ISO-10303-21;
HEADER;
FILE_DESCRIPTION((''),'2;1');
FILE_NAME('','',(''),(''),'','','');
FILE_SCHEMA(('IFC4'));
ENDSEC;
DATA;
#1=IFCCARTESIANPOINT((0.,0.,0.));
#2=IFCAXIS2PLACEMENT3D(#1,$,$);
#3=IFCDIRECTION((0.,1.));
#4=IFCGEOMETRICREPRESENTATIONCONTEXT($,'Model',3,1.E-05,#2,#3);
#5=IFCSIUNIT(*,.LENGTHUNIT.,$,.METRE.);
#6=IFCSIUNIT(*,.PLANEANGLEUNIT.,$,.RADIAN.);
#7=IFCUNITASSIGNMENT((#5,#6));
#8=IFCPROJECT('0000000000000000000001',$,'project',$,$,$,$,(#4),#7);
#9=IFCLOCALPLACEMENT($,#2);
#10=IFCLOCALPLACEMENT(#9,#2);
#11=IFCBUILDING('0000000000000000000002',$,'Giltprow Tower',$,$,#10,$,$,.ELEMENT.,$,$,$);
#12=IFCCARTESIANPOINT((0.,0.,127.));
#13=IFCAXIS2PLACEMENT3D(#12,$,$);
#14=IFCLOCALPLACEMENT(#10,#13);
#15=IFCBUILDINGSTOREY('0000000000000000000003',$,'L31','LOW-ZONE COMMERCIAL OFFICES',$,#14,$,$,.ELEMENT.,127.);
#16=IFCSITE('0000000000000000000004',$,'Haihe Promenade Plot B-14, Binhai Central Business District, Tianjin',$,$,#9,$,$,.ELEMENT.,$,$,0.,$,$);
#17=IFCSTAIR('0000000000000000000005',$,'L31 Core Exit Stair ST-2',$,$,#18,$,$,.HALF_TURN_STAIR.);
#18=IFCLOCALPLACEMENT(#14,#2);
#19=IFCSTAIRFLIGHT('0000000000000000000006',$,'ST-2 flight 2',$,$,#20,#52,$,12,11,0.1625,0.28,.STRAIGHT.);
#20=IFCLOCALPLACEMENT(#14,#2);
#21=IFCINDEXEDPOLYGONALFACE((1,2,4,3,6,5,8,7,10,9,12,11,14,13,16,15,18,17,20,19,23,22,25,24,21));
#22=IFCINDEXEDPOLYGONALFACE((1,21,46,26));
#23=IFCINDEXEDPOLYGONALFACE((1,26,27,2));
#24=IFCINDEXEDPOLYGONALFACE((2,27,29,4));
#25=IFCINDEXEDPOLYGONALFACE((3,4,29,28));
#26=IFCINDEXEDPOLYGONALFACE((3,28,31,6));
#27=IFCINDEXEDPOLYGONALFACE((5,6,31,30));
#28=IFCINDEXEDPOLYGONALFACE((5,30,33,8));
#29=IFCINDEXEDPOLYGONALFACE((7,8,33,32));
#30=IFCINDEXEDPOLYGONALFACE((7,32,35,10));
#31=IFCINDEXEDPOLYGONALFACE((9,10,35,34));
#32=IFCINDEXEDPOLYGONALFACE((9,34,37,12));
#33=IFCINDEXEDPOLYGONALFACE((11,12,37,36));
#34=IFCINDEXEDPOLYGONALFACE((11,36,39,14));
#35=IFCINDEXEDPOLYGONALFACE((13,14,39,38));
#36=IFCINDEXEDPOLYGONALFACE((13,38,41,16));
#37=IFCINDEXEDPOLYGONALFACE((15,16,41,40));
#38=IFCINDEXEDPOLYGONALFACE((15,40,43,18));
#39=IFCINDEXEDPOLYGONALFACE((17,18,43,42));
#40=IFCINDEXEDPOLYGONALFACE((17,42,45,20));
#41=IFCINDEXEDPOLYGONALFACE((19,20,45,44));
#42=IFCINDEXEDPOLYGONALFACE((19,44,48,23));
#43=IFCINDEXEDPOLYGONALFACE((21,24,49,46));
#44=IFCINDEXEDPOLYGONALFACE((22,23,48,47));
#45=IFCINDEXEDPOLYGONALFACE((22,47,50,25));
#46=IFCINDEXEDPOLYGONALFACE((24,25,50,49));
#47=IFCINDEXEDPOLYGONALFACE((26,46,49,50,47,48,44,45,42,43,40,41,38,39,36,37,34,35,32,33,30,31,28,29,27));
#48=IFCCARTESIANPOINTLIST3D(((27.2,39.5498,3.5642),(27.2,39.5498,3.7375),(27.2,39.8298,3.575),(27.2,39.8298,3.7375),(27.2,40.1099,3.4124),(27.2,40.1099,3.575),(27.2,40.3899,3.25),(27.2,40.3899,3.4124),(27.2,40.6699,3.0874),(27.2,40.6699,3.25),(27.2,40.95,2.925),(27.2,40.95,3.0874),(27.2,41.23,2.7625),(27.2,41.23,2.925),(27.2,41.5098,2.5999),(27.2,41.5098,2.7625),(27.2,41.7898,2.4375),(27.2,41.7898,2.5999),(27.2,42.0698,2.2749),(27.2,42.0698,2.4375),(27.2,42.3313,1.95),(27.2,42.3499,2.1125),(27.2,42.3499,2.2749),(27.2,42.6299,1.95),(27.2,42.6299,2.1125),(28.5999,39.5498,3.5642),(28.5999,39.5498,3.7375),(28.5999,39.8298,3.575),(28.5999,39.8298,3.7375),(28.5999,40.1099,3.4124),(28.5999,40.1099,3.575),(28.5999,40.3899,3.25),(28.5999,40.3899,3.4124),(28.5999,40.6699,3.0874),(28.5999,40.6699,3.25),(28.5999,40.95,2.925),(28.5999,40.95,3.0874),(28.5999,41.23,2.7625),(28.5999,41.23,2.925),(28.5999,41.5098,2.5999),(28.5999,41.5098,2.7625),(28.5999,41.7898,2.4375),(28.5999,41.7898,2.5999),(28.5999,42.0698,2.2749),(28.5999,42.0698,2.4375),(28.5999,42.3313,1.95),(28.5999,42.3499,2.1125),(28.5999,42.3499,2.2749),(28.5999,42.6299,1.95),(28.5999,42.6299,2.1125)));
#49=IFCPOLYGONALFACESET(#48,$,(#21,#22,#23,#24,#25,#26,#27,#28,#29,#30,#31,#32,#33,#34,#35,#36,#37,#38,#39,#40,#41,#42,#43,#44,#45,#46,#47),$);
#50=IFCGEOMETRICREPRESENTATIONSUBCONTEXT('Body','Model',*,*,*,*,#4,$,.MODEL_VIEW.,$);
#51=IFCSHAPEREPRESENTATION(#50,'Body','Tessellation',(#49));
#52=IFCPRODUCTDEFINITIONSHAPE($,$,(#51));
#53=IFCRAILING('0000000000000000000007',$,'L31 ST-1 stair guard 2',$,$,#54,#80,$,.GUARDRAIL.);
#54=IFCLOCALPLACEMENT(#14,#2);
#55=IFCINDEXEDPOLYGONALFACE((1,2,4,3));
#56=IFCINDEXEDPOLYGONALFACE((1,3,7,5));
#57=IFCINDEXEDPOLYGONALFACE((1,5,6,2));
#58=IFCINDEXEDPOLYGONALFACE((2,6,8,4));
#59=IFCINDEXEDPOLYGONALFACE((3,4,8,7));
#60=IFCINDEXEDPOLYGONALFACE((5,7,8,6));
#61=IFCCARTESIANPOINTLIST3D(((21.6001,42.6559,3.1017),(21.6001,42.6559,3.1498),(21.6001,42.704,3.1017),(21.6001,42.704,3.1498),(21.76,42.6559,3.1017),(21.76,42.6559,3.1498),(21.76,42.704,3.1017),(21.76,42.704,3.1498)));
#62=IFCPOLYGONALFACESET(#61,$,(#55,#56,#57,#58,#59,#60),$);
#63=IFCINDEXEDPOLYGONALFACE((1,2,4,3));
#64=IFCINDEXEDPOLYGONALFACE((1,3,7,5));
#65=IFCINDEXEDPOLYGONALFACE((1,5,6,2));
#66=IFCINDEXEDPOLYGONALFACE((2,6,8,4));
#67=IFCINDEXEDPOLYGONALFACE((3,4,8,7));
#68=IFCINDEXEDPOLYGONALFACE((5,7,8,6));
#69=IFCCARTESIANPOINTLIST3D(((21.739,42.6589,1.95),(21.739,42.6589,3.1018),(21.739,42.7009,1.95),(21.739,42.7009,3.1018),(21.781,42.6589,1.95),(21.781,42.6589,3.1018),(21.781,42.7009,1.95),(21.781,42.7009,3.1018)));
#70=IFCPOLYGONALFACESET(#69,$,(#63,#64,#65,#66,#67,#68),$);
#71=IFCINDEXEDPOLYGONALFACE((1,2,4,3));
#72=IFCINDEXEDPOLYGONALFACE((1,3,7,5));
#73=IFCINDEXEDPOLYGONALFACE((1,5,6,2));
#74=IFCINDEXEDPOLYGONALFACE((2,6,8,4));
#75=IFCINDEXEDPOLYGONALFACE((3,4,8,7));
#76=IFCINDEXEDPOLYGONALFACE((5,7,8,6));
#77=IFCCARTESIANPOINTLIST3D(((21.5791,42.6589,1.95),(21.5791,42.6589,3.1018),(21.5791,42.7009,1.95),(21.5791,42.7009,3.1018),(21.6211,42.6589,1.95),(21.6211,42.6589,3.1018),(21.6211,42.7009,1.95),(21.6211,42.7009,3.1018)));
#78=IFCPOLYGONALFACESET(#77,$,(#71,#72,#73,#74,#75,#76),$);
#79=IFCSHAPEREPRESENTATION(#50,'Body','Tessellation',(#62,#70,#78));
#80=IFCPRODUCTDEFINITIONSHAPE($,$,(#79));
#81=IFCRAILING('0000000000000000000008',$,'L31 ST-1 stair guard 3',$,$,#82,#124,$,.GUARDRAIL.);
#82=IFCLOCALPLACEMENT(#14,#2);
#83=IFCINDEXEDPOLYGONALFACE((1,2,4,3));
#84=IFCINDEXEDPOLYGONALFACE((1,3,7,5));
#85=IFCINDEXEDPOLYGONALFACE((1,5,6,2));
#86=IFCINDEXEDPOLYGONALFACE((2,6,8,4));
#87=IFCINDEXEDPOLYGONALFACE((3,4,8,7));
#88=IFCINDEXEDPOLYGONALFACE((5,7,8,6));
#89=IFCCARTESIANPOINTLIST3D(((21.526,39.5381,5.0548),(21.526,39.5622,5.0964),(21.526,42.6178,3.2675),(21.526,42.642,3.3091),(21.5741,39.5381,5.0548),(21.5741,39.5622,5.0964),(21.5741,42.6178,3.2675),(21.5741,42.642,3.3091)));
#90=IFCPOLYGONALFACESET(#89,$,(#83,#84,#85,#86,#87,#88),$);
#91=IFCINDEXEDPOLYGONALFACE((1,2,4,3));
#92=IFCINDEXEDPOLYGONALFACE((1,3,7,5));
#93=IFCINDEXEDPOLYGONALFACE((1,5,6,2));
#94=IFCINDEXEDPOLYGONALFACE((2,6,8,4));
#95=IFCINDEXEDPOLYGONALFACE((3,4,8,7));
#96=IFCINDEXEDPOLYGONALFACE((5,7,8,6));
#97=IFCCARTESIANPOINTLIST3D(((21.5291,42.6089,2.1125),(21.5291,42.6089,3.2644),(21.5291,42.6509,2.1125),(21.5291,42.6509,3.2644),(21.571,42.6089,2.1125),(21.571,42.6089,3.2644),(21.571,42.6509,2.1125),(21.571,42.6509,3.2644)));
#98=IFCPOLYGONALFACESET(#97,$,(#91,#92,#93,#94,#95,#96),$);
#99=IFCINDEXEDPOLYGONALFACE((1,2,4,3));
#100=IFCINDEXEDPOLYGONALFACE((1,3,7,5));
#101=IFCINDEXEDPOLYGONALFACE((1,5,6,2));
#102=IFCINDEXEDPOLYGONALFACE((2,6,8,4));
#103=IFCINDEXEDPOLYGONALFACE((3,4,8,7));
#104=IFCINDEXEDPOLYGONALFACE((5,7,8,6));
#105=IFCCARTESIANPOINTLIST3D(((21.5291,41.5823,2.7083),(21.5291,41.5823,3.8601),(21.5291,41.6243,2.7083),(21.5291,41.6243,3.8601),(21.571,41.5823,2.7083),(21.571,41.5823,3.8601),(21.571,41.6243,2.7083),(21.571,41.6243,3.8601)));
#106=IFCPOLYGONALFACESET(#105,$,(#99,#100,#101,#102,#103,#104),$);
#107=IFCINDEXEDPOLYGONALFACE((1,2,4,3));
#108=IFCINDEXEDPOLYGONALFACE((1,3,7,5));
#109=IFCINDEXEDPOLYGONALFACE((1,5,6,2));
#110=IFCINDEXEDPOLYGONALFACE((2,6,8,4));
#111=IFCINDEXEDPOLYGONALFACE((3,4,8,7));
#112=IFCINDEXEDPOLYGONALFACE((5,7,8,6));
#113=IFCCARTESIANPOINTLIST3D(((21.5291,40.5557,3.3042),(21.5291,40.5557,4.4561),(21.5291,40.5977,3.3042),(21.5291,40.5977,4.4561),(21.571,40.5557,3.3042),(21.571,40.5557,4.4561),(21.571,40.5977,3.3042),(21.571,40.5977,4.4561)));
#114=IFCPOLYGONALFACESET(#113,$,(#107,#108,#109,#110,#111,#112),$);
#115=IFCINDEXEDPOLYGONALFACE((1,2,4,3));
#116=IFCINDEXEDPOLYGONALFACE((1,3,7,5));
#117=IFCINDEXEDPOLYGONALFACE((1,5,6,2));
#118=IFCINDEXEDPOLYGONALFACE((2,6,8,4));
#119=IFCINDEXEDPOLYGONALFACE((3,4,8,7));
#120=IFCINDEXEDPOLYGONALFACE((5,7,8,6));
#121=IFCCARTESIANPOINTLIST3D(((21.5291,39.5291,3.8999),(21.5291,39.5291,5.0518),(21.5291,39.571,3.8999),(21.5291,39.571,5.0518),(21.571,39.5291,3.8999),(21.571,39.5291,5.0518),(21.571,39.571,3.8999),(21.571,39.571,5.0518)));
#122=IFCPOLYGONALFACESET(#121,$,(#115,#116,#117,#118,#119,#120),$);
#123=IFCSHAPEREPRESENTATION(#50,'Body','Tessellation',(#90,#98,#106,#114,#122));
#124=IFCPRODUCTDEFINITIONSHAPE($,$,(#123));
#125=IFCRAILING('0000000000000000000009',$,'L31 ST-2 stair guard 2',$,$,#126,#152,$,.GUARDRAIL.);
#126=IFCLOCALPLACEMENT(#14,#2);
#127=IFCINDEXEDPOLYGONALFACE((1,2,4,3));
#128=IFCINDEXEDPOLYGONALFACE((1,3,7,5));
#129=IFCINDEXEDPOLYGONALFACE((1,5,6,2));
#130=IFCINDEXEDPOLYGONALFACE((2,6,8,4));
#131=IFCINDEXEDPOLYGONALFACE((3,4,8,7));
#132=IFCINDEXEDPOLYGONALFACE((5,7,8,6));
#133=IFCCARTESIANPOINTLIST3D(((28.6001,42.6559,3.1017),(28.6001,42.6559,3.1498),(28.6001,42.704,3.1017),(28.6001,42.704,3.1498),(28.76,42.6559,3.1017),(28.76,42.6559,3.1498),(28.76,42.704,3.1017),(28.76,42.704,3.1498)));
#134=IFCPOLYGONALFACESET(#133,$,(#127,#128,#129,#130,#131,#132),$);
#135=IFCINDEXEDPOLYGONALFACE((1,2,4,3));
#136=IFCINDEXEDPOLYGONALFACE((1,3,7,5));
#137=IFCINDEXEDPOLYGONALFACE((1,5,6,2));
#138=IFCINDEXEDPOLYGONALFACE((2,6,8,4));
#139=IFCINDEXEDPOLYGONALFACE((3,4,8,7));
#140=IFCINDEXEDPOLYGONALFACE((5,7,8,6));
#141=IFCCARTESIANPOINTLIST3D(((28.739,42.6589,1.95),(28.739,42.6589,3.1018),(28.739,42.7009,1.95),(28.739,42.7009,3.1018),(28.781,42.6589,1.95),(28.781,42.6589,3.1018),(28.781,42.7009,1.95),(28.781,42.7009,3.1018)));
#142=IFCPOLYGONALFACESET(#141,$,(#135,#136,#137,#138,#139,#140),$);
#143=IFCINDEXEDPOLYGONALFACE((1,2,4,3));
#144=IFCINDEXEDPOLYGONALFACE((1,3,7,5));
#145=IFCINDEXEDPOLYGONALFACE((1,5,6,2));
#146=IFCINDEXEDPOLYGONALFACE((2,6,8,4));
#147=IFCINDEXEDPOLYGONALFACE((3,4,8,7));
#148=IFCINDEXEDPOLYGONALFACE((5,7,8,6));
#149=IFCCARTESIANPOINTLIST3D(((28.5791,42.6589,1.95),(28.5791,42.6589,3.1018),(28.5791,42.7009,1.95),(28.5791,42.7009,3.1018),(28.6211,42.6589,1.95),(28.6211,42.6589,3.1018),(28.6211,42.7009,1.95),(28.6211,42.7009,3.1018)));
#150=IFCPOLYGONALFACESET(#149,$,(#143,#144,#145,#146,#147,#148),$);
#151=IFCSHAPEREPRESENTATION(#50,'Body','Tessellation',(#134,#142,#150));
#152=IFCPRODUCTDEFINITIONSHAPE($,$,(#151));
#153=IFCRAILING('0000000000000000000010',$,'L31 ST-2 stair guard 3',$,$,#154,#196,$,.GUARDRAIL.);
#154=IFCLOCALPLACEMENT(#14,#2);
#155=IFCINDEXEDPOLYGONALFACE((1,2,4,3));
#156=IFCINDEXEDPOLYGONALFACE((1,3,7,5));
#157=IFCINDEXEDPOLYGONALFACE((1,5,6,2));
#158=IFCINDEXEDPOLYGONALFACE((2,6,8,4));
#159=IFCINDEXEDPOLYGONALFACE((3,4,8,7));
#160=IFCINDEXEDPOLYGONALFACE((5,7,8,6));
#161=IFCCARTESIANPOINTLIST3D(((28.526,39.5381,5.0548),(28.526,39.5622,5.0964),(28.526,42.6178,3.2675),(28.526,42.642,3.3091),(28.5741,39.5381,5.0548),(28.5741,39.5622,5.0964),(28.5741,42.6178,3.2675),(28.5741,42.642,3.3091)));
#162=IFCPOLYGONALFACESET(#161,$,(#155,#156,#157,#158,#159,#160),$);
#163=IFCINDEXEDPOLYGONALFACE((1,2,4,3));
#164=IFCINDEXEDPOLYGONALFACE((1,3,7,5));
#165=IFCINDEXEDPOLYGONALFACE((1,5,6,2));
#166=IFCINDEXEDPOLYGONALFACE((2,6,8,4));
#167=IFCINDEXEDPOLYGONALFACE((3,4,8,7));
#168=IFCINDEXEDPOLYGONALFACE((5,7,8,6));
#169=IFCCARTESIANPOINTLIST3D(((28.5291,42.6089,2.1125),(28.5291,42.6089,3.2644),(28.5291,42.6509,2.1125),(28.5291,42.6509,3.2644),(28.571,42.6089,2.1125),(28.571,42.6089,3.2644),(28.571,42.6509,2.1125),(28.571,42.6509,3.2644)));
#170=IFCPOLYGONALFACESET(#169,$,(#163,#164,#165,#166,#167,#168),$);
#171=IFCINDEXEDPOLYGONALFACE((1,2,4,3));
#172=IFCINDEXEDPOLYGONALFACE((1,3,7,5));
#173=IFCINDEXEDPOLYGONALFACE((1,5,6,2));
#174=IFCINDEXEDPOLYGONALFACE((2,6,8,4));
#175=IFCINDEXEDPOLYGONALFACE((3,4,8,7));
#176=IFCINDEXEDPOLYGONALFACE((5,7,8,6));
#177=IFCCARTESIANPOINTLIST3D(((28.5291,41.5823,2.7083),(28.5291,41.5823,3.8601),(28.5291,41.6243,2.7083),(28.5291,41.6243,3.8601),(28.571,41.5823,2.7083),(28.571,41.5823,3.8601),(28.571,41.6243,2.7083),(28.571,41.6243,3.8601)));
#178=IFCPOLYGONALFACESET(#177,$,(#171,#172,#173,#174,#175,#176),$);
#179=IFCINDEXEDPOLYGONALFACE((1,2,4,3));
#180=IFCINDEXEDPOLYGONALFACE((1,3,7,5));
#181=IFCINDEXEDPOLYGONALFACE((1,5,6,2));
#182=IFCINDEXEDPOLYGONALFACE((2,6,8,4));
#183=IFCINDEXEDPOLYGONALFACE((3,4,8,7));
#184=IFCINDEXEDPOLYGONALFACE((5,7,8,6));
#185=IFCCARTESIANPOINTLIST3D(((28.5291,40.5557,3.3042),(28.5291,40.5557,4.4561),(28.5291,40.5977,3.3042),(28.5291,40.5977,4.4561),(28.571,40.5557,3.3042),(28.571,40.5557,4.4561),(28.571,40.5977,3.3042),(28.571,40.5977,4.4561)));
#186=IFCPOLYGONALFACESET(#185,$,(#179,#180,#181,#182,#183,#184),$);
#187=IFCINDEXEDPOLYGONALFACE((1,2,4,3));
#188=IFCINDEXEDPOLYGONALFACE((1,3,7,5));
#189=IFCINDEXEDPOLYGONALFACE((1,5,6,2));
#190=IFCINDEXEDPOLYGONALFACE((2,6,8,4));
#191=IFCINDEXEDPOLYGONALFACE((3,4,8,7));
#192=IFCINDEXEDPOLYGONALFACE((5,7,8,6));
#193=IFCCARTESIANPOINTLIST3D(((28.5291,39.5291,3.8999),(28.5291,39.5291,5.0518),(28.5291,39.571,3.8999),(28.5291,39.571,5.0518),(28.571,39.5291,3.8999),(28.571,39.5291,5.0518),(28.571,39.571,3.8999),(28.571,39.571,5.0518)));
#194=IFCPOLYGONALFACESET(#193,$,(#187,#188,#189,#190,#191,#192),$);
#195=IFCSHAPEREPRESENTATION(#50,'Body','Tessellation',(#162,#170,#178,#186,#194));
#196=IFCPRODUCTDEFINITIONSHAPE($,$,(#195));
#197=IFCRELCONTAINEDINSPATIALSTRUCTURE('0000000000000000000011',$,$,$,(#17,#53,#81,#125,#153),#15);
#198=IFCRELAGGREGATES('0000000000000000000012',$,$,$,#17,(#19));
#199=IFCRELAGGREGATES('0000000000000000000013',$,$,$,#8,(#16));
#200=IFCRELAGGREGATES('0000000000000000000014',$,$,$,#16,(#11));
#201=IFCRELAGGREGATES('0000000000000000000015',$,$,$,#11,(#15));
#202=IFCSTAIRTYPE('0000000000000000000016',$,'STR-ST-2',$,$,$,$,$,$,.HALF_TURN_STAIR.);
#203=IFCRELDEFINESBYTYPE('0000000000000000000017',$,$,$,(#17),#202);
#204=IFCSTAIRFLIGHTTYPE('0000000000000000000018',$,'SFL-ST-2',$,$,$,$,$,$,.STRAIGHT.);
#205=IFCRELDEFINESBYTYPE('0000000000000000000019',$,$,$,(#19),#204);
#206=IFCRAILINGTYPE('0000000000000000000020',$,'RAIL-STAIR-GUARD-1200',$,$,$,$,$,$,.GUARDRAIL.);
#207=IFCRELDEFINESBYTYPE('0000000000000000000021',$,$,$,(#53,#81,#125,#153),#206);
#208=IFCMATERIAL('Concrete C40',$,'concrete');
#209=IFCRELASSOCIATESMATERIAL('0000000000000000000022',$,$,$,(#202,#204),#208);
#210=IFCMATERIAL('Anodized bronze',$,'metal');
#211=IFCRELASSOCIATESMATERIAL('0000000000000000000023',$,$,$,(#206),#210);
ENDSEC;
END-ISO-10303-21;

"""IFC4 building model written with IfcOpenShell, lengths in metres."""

from ifc_helpers import new_model, si_unit, direction, frame, origin, origin_2d, place, context, subcontext, project, spatial, polyline, rectangle, outline, extrude, material, type_object, element, aggregate, save


model = new_model("IFC4")

# Units and contexts
model_context = context("Model", 3, precision=1e-05, world=origin(), true_north=direction((0.0, 1.0)))
body_context = subcontext(model_context, "Body", "Model", "MODEL_VIEW")
ifc_project = project(units=[si_unit("LENGTHUNIT", "METRE"), si_unit("PLANEANGLEUNIT", "RADIAN")], contexts=[model_context])

# Site, building, storey
site_placement = place(None, origin())
site = spatial("IfcSite", under=ifc_project, at=site_placement, Name="Haihe Promenade Plot B-14, Binhai Central Business District, Tianjin", CompositionType="ELEMENT", RefElevation=0.0)
building_placement = place(site_placement, origin())
building = spatial("IfcBuilding", under=site, at=building_placement, Name="Giltprow Tower", CompositionType="ELEMENT")
storey_placement = place(building_placement, frame((0.0, 0.0, 127.0)))
storey = spatial("IfcBuildingStorey", under=building, at=storey_placement, Name="L31", Description="LOW-ZONE COMMERCIAL OFFICES", CompositionType="ELEMENT", Elevation=127.0)

# Shared definitions
ifc_material_1 = material(Name="Concrete C40", Category="concrete")

# Stair, stair flight
stair_type_1 = type_object("IfcStairType", Name="STR-ST-2", PredefinedType="HALF_TURN_STAIR", material=ifc_material_1)
stair_1_placement = place(storey_placement, origin())
stair_1 = element("IfcStair", 1, at=stair_1_placement, inside=storey, type_object=stair_type_1, Name="L31 Core Exit Stair ST-2", PredefinedType="HALF_TURN_STAIR")
stair_flight_type_1 = type_object("IfcStairFlightType", Name="SFL-ST-2", PredefinedType="STRAIGHT", material=ifc_material_1)
stair_flight_1_placement = place(storey_placement, frame((27.8999, 42.6299, 1.95), z_axis=(0.0, 0.0, 1.0), x_axis=(0.0, -1.0, 0.0)))
stair_flight_1 = element("IfcStairFlight", 2, at=stair_flight_1_placement, type_object=stair_flight_type_1, Name="ST-2 flight 2", NumberOfRisers=12, NumberOfTreads=11, PredefinedType="STRAIGHT", RiserHeight=0.1625, TreadLength=0.28, context=body_context, shape_type="SweptSolid", body=[
    extrude(outline(polyline([(0.0, 0.0), (0.0, 0.1626), (0.28, 0.1626), (0.28, 0.325), (0.5601, 0.325), (0.5601, 0.4875), (0.8401, 0.4875), (0.8401, 0.6499), (1.1201, 0.6499), (1.1201, 0.8125), (1.3999, 0.8125), (1.3999, 0.9751), (1.6799, 0.9751), (1.6799, 1.1375), (1.96, 1.1375), (1.96, 1.3), (2.24, 1.3), (2.24, 1.4624), (2.52, 1.4624), (2.52, 1.625), (2.8, 1.625), (2.8, 1.7876), (3.0801, 1.7876), (3.0801, 1.95), (3.0801, 1.6143), (0.2986, 0.0), (0.0, 0.0)])), frame((0.0, 0.7, 0.0), z_axis=(0.0, -1.0, 0.0), x_axis=(1.0, 0.0, 0.0)), (0.0, 0.0, 1.0), 1.3999),
])
aggregate(stair_1, [stair_flight_1])

# Railings
ifc_material_2 = material(Name="Anodized bronze", Category="metal")
railing_type_1 = type_object("IfcRailingType", Name="RAIL-STAIR-GUARD-1200", PredefinedType="GUARDRAIL", material=ifc_material_2)
railing_1_placement = place(storey_placement, frame((21.76, 42.6799, 1.95)))
element("IfcRailing", 3, at=railing_1_placement, inside=storey, type_object=railing_type_1, Name="L31 ST-1 stair guard 2", PredefinedType="GUARDRAIL", context=body_context, shape_type="SweptSolid", body=[
    extrude(rectangle(XDim=0.0481, YDim=0.0481, at=origin_2d()), frame((0.0, 0.0, 1.1758), z_axis=(-1.0, 0.0, 0.0), x_axis=(0.0, -1.0, 0.0)), (0.0, 0.0, 1.0), 0.1599),
    extrude(rectangle(XDim=0.042, YDim=0.042, at=origin_2d()), origin(), (0.0, 0.0, 1.0), 1.1519),
    extrude(rectangle(XDim=0.042, YDim=0.042, at=origin_2d()), frame((-0.1599, 0.0, 0.0)), (0.0, 0.0, 1.0), 1.1519),
])
railing_2_placement = place(storey_placement, frame((21.55, 42.6299, 2.1125)))
element("IfcRailing", 4, at=railing_2_placement, inside=storey, type_object=railing_type_1, Name="L31 ST-1 stair guard 3", PredefinedType="GUARDRAIL", context=body_context, shape_type="SweptSolid", body=[
    extrude(rectangle(XDim=0.0481, YDim=0.0481, at=origin_2d()), frame((0.0, 0.0, 1.1758), z_axis=(0.0, -0.864903, 0.501939), x_axis=(1.0, 0.0, 0.0)), (0.0, 0.0, 1.0), 3.5608),
    extrude(rectangle(XDim=0.042, YDim=0.042, at=origin_2d()), origin(), (0.0, 0.0, 1.0), 1.1519),
    extrude(rectangle(XDim=0.042, YDim=0.042, at=origin_2d()), frame((0.0, -1.0266, 0.5957)), (0.0, 0.0, 1.0), 1.1519),
    extrude(rectangle(XDim=0.042, YDim=0.042, at=origin_2d()), frame((0.0, -2.0532, 1.1917)), (0.0, 0.0, 1.0), 1.1519),
    extrude(rectangle(XDim=0.042, YDim=0.042, at=origin_2d()), frame((0.0, -3.0798, 1.7874)), (0.0, 0.0, 1.0), 1.1519),
])
railing_3_placement = place(storey_placement, frame((28.76, 42.6799, 1.95)))
element("IfcRailing", 5, at=railing_3_placement, inside=storey, type_object=railing_type_1, Name="L31 ST-2 stair guard 2", PredefinedType="GUARDRAIL", context=body_context, shape_type="SweptSolid", body=[
    extrude(rectangle(XDim=0.0481, YDim=0.0481, at=origin_2d()), frame((0.0, 0.0, 1.1758), z_axis=(-1.0, 0.0, 0.0), x_axis=(0.0, -1.0, 0.0)), (0.0, 0.0, 1.0), 0.1599),
    extrude(rectangle(XDim=0.042, YDim=0.042, at=origin_2d()), origin(), (0.0, 0.0, 1.0), 1.1519),
    extrude(rectangle(XDim=0.042, YDim=0.042, at=origin_2d()), frame((-0.1599, 0.0, 0.0)), (0.0, 0.0, 1.0), 1.1519),
])
railing_4_placement = place(storey_placement, frame((28.55, 42.6299, 2.1125)))
element("IfcRailing", 6, at=railing_4_placement, inside=storey, type_object=railing_type_1, Name="L31 ST-2 stair guard 3", PredefinedType="GUARDRAIL", context=body_context, shape_type="SweptSolid", body=[
    extrude(rectangle(XDim=0.0481, YDim=0.0481, at=origin_2d()), frame((0.0, 0.0, 1.1758), z_axis=(0.0, -0.864903, 0.501939), x_axis=(1.0, 0.0, 0.0)), (0.0, 0.0, 1.0), 3.5608),
    extrude(rectangle(XDim=0.042, YDim=0.042, at=origin_2d()), origin(), (0.0, 0.0, 1.0), 1.1519),
    extrude(rectangle(XDim=0.042, YDim=0.042, at=origin_2d()), frame((0.0, -1.0266, 0.5957)), (0.0, 0.0, 1.0), 1.1519),
    extrude(rectangle(XDim=0.042, YDim=0.042, at=origin_2d()), frame((0.0, -2.0532, 1.1917)), (0.0, 0.0, 1.0), 1.1519),
    extrude(rectangle(XDim=0.042, YDim=0.042, at=origin_2d()), frame((0.0, -3.0798, 1.7874)), (0.0, 0.0, 1.0), 1.1519),
])

save(model, "model.ifc")
